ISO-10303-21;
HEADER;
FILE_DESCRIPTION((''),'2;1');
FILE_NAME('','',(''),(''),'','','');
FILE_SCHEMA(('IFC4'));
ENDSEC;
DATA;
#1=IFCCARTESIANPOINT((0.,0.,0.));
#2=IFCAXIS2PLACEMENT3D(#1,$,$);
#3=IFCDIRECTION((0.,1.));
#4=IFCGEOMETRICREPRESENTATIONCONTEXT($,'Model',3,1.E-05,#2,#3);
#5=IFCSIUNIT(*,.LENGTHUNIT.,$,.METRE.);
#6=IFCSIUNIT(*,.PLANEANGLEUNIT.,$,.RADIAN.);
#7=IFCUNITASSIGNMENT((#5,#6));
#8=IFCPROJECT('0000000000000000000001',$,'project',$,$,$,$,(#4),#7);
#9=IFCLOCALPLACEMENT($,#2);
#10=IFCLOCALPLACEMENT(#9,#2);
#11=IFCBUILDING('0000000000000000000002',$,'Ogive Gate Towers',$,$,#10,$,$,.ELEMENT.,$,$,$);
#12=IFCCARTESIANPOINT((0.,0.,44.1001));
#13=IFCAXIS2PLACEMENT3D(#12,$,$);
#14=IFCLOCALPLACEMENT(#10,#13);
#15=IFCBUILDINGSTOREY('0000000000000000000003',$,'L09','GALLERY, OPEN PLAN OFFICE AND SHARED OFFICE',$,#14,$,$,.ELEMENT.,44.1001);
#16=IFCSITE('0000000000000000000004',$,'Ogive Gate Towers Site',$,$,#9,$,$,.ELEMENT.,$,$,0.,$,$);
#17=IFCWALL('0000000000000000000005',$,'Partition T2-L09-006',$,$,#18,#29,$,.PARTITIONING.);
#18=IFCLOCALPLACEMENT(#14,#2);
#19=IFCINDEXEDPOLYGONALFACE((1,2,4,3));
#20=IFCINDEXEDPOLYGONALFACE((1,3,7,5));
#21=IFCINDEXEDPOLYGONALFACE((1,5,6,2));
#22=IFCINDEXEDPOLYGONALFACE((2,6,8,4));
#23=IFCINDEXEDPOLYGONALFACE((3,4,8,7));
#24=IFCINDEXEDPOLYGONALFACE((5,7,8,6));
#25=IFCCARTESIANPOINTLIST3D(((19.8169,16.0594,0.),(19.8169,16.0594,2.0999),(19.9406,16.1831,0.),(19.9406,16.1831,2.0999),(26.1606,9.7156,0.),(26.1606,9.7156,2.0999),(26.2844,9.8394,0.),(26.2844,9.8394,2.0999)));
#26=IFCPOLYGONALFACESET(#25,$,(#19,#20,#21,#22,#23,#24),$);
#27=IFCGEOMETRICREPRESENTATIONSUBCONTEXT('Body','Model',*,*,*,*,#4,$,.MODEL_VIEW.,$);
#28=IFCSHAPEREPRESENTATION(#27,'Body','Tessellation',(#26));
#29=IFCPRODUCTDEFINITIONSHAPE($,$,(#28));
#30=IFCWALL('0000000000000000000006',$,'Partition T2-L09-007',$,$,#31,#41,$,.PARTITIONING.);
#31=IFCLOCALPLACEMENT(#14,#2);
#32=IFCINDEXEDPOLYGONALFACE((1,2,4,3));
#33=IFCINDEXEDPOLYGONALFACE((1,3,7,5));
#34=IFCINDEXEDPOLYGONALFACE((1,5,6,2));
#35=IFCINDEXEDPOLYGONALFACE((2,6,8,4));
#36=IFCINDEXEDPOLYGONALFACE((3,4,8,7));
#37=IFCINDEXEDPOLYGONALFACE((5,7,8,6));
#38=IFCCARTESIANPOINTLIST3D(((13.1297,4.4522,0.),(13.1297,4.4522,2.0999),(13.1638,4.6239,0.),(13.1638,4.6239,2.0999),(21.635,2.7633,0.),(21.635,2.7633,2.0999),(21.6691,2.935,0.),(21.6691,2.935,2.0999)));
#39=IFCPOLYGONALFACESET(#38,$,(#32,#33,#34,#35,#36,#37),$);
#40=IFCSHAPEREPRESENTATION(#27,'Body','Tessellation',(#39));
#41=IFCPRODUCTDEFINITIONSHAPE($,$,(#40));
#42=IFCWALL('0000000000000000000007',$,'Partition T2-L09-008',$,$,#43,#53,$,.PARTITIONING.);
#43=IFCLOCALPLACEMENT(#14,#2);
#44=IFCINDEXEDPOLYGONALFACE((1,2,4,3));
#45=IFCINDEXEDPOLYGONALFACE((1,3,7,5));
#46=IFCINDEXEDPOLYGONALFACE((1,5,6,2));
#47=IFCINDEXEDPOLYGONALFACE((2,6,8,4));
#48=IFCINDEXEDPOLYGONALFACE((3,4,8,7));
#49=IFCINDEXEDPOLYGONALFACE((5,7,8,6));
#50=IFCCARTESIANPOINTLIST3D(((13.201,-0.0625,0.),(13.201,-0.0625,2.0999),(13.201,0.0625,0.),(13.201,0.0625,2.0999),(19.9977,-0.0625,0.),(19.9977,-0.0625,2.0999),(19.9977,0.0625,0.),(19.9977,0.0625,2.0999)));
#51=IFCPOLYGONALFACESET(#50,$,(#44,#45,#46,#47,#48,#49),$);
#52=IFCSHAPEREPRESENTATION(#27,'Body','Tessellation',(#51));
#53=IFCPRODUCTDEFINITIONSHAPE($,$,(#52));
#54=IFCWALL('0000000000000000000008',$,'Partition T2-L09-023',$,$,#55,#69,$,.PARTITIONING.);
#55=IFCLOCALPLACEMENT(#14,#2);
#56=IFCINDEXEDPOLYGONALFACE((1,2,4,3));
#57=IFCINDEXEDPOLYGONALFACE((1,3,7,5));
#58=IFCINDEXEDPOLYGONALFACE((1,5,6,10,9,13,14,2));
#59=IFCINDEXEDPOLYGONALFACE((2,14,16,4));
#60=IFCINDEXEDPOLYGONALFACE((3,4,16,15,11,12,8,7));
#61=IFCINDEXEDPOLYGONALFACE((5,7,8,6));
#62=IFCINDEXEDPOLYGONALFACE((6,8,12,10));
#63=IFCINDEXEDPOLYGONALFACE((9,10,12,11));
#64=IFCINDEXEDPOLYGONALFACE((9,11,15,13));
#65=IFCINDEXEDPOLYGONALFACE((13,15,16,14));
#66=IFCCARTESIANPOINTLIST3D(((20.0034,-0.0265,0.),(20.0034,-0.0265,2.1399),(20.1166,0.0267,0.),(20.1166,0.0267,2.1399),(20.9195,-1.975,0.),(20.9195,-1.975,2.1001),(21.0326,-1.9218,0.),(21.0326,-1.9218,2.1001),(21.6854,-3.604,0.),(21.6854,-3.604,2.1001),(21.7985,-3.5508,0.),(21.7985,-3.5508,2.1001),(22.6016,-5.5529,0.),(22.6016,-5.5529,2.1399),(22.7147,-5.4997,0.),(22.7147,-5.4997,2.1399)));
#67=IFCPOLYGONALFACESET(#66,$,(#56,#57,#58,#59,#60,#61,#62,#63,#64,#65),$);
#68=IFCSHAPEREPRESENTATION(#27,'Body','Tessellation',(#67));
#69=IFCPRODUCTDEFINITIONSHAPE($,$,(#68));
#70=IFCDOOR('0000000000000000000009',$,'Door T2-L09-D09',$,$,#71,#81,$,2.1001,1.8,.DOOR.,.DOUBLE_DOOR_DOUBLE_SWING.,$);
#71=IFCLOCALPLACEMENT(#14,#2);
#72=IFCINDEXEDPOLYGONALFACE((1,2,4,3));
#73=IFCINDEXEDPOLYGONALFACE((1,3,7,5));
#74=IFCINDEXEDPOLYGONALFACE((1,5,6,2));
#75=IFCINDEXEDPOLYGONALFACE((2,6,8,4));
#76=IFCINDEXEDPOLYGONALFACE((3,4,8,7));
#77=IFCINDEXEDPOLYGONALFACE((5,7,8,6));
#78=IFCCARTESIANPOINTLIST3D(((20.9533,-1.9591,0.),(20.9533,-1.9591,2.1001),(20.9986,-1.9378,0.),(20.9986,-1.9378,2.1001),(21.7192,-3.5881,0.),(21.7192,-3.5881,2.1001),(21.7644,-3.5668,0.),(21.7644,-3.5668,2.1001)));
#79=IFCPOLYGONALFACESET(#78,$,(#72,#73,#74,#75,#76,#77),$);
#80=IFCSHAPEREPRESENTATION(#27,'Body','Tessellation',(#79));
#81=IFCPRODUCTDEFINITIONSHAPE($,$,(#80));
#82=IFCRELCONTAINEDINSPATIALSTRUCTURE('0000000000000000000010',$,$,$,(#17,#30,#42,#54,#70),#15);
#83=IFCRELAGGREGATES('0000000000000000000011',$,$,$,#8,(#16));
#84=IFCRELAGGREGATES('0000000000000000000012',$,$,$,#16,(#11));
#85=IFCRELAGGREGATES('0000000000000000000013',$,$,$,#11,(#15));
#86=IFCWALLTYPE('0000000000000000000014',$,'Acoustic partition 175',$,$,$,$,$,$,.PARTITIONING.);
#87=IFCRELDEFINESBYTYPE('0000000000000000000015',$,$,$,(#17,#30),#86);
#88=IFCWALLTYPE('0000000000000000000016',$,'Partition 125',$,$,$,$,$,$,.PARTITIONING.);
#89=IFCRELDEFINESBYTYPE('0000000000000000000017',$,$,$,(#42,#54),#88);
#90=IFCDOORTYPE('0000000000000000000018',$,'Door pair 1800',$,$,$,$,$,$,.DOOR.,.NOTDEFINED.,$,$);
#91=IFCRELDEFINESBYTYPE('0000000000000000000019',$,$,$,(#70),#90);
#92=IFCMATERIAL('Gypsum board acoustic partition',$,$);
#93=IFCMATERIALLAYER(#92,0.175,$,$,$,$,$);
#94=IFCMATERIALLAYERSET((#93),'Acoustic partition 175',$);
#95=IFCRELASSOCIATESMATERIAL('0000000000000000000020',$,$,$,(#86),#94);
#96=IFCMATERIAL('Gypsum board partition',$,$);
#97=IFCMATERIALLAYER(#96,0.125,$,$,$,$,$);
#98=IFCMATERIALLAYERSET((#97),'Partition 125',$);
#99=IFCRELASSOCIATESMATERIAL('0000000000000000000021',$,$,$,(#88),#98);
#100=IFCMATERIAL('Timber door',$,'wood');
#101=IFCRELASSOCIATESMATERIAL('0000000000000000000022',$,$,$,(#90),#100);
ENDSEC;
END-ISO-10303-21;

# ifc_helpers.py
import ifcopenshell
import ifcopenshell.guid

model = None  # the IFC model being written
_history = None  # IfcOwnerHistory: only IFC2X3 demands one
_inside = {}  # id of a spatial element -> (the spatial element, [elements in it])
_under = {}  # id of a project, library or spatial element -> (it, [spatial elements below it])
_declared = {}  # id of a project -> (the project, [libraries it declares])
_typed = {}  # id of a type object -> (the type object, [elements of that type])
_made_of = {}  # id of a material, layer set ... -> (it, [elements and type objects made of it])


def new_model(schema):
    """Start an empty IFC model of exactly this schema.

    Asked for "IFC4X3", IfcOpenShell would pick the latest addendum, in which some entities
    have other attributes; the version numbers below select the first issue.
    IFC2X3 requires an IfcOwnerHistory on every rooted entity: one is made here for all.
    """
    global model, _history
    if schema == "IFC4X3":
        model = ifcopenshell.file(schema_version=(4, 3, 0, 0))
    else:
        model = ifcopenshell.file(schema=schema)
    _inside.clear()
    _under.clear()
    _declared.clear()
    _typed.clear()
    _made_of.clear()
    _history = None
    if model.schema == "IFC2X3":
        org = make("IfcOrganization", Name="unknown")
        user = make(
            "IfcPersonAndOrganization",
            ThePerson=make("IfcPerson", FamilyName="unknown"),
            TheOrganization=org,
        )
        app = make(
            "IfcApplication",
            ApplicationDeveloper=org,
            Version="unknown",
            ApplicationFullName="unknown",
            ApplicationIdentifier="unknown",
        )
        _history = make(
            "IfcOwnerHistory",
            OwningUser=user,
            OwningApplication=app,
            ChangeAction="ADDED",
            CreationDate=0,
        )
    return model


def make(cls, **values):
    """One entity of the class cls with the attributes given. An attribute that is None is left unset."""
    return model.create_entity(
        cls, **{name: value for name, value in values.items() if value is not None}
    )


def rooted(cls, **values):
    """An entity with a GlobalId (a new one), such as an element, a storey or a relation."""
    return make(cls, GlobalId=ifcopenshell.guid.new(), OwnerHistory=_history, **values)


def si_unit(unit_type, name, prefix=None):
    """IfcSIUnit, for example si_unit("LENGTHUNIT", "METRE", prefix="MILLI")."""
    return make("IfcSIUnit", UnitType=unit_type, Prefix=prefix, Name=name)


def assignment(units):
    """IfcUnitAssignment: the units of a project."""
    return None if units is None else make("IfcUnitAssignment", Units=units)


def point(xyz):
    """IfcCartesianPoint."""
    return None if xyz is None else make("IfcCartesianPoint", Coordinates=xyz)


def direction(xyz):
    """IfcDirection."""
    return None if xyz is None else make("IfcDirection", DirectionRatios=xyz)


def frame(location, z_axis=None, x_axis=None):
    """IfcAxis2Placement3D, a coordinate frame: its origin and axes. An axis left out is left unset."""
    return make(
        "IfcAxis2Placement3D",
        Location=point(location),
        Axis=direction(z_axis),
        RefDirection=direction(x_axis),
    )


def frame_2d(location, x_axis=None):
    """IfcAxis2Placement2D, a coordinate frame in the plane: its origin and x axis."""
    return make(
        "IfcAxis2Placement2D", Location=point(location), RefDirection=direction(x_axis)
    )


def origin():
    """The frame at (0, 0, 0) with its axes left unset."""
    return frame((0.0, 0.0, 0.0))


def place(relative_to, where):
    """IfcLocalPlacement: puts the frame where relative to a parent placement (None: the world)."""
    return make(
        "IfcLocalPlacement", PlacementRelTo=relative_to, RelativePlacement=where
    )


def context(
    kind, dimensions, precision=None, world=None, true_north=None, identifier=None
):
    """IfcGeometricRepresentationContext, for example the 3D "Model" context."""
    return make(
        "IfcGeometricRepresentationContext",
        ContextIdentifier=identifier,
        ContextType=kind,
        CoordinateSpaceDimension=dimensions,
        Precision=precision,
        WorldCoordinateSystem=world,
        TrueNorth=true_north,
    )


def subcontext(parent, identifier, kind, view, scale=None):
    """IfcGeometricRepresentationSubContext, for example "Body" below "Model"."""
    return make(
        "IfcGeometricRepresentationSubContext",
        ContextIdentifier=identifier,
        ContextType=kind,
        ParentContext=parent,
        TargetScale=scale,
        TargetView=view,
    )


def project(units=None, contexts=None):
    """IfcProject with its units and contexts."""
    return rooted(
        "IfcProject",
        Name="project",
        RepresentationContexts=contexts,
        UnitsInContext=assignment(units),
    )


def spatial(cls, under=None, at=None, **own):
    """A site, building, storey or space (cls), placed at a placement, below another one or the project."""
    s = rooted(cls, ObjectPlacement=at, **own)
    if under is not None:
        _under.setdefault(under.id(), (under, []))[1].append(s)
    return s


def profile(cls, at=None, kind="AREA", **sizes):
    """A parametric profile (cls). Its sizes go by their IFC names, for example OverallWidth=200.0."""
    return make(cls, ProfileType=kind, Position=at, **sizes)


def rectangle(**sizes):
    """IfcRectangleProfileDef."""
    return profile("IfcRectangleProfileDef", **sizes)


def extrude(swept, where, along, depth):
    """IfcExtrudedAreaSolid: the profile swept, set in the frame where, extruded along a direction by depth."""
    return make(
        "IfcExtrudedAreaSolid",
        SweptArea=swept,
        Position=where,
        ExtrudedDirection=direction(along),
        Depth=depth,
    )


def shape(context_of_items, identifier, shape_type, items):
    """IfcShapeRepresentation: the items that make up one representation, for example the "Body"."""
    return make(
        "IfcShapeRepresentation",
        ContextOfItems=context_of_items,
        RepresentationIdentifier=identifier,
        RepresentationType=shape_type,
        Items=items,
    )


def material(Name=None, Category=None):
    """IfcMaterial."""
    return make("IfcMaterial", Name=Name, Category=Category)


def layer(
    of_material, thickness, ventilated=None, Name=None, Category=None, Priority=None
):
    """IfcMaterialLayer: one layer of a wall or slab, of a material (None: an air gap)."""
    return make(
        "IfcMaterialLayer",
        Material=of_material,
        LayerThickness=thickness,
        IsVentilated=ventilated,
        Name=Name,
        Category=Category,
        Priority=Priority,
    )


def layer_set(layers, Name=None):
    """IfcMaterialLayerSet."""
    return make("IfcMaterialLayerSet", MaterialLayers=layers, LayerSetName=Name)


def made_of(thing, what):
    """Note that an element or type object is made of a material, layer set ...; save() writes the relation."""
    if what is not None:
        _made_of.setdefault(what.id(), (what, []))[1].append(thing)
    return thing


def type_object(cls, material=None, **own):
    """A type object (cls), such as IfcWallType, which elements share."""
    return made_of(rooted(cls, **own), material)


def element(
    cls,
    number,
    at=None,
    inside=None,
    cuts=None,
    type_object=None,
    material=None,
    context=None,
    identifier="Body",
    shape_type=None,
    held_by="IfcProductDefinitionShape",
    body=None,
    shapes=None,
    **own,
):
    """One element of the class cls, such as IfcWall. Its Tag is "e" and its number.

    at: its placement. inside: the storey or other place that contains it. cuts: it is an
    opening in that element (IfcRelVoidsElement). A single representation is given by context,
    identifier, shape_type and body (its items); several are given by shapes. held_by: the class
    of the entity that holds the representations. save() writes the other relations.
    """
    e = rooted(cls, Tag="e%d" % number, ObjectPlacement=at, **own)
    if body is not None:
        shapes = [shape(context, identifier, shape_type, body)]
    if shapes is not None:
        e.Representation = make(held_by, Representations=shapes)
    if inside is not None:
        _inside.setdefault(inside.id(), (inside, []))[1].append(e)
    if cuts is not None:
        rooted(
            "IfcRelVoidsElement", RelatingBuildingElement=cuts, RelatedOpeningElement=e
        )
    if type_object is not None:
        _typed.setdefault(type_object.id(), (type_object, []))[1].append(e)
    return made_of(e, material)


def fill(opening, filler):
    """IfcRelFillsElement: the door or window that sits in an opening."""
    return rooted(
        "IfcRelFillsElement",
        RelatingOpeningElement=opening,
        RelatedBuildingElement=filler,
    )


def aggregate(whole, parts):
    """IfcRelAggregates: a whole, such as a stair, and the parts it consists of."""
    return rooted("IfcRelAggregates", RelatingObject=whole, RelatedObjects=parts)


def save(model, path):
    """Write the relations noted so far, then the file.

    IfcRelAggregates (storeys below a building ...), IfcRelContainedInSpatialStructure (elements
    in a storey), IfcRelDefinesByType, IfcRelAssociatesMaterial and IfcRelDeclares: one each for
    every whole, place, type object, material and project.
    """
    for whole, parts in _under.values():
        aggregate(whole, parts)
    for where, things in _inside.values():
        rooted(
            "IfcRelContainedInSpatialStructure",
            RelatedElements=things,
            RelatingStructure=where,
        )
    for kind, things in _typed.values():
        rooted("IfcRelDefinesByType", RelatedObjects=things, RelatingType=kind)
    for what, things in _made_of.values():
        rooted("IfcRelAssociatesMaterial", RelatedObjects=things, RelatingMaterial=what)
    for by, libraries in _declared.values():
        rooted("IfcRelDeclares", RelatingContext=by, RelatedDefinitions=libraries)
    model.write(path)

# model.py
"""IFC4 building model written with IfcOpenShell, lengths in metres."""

from ifc_helpers import new_model, si_unit, direction, frame, frame_2d, origin, place, context, subcontext, project, spatial, rectangle, extrude, material, layer, layer_set, type_object, element, fill, save


model = new_model("IFC4")

# Units and contexts
model_context = context("Model", 3, precision=1e-05, world=origin(), true_north=direction((0.0, 1.0)))
body_context = subcontext(model_context, "Body", "Model", "MODEL_VIEW")
ifc_project = project(units=[si_unit("LENGTHUNIT", "METRE"), si_unit("PLANEANGLEUNIT", "RADIAN")], contexts=[model_context])

# Site, building, storey
site_placement = place(None, origin())
site = spatial("IfcSite", under=ifc_project, at=site_placement, Name="Ogive Gate Towers Site", CompositionType="ELEMENT", RefElevation=0.0)
building_placement = place(site_placement, origin())
building = spatial("IfcBuilding", under=site, at=building_placement, Name="Ogive Gate Towers", CompositionType="ELEMENT")
storey_placement = place(building_placement, frame((0.0, 0.0, 44.1001)))
storey = spatial("IfcBuildingStorey", under=building, at=storey_placement, Name="L09", Description="GALLERY, OPEN PLAN OFFICE AND SHARED OFFICE", CompositionType="ELEMENT", Elevation=44.1001)

# Walls
ifc_material_1 = material(Name="Gypsum board acoustic partition")
ifc_layer_1 = layer(ifc_material_1, 0.175)
ifc_layer_set_1 = layer_set([ifc_layer_1], Name="Acoustic partition 175")
wall_type_1 = type_object("IfcWallType", Name="Acoustic partition 175", PredefinedType="PARTITIONING", material=ifc_layer_set_1)
wall_1_placement = place(storey_placement, frame((19.8787, 16.1213, 0.0), z_axis=(0.0, 0.0, 1.0), x_axis=(0.707107, -0.707107, 0.0)))
element("IfcWall", 1, at=wall_1_placement, inside=storey, type_object=wall_type_1, Name="Partition T2-L09-006", PredefinedType="PARTITIONING", context=body_context, shape_type="SweptSolid", body=[
    extrude(rectangle(XDim=8.9714, YDim=0.175, at=frame_2d((4.4858, 0.0))), origin(), (0.0, 0.0, 1.0), 2.0999),
])
wall_2_placement = place(storey_placement, frame((13.1467, 4.5381, 0.0), z_axis=(0.0, 0.0, 1.0), x_axis=(0.980848, -0.194773, 0.0)))
element("IfcWall", 2, at=wall_2_placement, inside=storey, type_object=wall_type_1, Name="Partition T2-L09-007", PredefinedType="PARTITIONING", context=body_context, shape_type="SweptSolid", body=[
    extrude(rectangle(XDim=8.6714, YDim=0.175, at=frame_2d((4.3357, 0.0))), origin(), (0.0, 0.0, 1.0), 2.0999),
])
ifc_material_2 = material(Name="Gypsum board partition")
ifc_layer_2 = layer(ifc_material_2, 0.125)
ifc_layer_set_2 = layer_set([ifc_layer_2], Name="Partition 125")
wall_type_2 = type_object("IfcWallType", Name="Partition 125", PredefinedType="PARTITIONING", material=ifc_layer_set_2)
wall_3_placement = place(storey_placement, frame((13.2009, 0.0, 0.0), z_axis=(0.0, 0.0, 1.0), x_axis=(1.0, 0.0, 0.0)))
element("IfcWall", 3, at=wall_3_placement, inside=storey, type_object=wall_type_2, Name="Partition T2-L09-008", PredefinedType="PARTITIONING", context=body_context, shape_type="SweptSolid", body=[
    extrude(rectangle(XDim=6.7966, YDim=0.125, at=frame_2d((3.3984, 0.0))), origin(), (0.0, 0.0, 1.0), 2.0999),
])

# Wall, opening, door
wall_4_placement = place(storey_placement, frame((20.0601, 0.0, 0.0), z_axis=(0.0, 0.0, 1.0), x_axis=(0.425462, -0.904976, 0.0)))
wall_4 = element("IfcWall", 4, at=wall_4_placement, inside=storey, type_object=wall_type_2, Name="Partition T2-L09-023", PredefinedType="PARTITIONING", context=body_context, shape_type="SweptSolid", body=[
    extrude(rectangle(XDim=6.1067, YDim=0.125, at=frame_2d((3.0532, 0.0))), origin(), (0.0, 0.0, 1.0), 2.1399),
])
opening_placement = place(wall_4_placement, frame((2.1531, 0.0, 0.0)))
opening = element("IfcOpeningElement", 5, at=opening_placement, cuts=wall_4, PredefinedType="OPENING", context=body_context, shape_type="SweptSolid", body=[
    extrude(rectangle(XDim=1.8, YDim=2.1001, at=frame_2d((0.8999, 1.05))), frame((0.0, 0.0725, 0.0), z_axis=(0.0, -1.0, 0.0), x_axis=(1.0, 0.0, 0.0)), (0.0, 0.0, 1.0), 0.145),
])
ifc_material_3 = material(Name="Timber door", Category="wood")
door_type = type_object("IfcDoorType", Name="Door pair 1800", OperationType="NOTDEFINED", PredefinedType="DOOR", material=ifc_material_3)
door_placement = place(opening_placement, origin())
door = element("IfcDoor", 6, at=door_placement, inside=storey, type_object=door_type, Name="Door T2-L09-D09", OperationType="DOUBLE_DOOR_DOUBLE_SWING", OverallHeight=2.1001, OverallWidth=1.8, PredefinedType="DOOR", context=body_context, shape_type="SweptSolid", body=[
    extrude(rectangle(XDim=1.8, YDim=2.1001, at=frame_2d((0.8999, 1.05))), frame((0.0, 0.0249, 0.0), z_axis=(0.0, -1.0, 0.0), x_axis=(1.0, 0.0, 0.0)), (0.0, 0.0, 1.0), 0.05),
])
fill(opening, door)

save(model, "model.ifc")
